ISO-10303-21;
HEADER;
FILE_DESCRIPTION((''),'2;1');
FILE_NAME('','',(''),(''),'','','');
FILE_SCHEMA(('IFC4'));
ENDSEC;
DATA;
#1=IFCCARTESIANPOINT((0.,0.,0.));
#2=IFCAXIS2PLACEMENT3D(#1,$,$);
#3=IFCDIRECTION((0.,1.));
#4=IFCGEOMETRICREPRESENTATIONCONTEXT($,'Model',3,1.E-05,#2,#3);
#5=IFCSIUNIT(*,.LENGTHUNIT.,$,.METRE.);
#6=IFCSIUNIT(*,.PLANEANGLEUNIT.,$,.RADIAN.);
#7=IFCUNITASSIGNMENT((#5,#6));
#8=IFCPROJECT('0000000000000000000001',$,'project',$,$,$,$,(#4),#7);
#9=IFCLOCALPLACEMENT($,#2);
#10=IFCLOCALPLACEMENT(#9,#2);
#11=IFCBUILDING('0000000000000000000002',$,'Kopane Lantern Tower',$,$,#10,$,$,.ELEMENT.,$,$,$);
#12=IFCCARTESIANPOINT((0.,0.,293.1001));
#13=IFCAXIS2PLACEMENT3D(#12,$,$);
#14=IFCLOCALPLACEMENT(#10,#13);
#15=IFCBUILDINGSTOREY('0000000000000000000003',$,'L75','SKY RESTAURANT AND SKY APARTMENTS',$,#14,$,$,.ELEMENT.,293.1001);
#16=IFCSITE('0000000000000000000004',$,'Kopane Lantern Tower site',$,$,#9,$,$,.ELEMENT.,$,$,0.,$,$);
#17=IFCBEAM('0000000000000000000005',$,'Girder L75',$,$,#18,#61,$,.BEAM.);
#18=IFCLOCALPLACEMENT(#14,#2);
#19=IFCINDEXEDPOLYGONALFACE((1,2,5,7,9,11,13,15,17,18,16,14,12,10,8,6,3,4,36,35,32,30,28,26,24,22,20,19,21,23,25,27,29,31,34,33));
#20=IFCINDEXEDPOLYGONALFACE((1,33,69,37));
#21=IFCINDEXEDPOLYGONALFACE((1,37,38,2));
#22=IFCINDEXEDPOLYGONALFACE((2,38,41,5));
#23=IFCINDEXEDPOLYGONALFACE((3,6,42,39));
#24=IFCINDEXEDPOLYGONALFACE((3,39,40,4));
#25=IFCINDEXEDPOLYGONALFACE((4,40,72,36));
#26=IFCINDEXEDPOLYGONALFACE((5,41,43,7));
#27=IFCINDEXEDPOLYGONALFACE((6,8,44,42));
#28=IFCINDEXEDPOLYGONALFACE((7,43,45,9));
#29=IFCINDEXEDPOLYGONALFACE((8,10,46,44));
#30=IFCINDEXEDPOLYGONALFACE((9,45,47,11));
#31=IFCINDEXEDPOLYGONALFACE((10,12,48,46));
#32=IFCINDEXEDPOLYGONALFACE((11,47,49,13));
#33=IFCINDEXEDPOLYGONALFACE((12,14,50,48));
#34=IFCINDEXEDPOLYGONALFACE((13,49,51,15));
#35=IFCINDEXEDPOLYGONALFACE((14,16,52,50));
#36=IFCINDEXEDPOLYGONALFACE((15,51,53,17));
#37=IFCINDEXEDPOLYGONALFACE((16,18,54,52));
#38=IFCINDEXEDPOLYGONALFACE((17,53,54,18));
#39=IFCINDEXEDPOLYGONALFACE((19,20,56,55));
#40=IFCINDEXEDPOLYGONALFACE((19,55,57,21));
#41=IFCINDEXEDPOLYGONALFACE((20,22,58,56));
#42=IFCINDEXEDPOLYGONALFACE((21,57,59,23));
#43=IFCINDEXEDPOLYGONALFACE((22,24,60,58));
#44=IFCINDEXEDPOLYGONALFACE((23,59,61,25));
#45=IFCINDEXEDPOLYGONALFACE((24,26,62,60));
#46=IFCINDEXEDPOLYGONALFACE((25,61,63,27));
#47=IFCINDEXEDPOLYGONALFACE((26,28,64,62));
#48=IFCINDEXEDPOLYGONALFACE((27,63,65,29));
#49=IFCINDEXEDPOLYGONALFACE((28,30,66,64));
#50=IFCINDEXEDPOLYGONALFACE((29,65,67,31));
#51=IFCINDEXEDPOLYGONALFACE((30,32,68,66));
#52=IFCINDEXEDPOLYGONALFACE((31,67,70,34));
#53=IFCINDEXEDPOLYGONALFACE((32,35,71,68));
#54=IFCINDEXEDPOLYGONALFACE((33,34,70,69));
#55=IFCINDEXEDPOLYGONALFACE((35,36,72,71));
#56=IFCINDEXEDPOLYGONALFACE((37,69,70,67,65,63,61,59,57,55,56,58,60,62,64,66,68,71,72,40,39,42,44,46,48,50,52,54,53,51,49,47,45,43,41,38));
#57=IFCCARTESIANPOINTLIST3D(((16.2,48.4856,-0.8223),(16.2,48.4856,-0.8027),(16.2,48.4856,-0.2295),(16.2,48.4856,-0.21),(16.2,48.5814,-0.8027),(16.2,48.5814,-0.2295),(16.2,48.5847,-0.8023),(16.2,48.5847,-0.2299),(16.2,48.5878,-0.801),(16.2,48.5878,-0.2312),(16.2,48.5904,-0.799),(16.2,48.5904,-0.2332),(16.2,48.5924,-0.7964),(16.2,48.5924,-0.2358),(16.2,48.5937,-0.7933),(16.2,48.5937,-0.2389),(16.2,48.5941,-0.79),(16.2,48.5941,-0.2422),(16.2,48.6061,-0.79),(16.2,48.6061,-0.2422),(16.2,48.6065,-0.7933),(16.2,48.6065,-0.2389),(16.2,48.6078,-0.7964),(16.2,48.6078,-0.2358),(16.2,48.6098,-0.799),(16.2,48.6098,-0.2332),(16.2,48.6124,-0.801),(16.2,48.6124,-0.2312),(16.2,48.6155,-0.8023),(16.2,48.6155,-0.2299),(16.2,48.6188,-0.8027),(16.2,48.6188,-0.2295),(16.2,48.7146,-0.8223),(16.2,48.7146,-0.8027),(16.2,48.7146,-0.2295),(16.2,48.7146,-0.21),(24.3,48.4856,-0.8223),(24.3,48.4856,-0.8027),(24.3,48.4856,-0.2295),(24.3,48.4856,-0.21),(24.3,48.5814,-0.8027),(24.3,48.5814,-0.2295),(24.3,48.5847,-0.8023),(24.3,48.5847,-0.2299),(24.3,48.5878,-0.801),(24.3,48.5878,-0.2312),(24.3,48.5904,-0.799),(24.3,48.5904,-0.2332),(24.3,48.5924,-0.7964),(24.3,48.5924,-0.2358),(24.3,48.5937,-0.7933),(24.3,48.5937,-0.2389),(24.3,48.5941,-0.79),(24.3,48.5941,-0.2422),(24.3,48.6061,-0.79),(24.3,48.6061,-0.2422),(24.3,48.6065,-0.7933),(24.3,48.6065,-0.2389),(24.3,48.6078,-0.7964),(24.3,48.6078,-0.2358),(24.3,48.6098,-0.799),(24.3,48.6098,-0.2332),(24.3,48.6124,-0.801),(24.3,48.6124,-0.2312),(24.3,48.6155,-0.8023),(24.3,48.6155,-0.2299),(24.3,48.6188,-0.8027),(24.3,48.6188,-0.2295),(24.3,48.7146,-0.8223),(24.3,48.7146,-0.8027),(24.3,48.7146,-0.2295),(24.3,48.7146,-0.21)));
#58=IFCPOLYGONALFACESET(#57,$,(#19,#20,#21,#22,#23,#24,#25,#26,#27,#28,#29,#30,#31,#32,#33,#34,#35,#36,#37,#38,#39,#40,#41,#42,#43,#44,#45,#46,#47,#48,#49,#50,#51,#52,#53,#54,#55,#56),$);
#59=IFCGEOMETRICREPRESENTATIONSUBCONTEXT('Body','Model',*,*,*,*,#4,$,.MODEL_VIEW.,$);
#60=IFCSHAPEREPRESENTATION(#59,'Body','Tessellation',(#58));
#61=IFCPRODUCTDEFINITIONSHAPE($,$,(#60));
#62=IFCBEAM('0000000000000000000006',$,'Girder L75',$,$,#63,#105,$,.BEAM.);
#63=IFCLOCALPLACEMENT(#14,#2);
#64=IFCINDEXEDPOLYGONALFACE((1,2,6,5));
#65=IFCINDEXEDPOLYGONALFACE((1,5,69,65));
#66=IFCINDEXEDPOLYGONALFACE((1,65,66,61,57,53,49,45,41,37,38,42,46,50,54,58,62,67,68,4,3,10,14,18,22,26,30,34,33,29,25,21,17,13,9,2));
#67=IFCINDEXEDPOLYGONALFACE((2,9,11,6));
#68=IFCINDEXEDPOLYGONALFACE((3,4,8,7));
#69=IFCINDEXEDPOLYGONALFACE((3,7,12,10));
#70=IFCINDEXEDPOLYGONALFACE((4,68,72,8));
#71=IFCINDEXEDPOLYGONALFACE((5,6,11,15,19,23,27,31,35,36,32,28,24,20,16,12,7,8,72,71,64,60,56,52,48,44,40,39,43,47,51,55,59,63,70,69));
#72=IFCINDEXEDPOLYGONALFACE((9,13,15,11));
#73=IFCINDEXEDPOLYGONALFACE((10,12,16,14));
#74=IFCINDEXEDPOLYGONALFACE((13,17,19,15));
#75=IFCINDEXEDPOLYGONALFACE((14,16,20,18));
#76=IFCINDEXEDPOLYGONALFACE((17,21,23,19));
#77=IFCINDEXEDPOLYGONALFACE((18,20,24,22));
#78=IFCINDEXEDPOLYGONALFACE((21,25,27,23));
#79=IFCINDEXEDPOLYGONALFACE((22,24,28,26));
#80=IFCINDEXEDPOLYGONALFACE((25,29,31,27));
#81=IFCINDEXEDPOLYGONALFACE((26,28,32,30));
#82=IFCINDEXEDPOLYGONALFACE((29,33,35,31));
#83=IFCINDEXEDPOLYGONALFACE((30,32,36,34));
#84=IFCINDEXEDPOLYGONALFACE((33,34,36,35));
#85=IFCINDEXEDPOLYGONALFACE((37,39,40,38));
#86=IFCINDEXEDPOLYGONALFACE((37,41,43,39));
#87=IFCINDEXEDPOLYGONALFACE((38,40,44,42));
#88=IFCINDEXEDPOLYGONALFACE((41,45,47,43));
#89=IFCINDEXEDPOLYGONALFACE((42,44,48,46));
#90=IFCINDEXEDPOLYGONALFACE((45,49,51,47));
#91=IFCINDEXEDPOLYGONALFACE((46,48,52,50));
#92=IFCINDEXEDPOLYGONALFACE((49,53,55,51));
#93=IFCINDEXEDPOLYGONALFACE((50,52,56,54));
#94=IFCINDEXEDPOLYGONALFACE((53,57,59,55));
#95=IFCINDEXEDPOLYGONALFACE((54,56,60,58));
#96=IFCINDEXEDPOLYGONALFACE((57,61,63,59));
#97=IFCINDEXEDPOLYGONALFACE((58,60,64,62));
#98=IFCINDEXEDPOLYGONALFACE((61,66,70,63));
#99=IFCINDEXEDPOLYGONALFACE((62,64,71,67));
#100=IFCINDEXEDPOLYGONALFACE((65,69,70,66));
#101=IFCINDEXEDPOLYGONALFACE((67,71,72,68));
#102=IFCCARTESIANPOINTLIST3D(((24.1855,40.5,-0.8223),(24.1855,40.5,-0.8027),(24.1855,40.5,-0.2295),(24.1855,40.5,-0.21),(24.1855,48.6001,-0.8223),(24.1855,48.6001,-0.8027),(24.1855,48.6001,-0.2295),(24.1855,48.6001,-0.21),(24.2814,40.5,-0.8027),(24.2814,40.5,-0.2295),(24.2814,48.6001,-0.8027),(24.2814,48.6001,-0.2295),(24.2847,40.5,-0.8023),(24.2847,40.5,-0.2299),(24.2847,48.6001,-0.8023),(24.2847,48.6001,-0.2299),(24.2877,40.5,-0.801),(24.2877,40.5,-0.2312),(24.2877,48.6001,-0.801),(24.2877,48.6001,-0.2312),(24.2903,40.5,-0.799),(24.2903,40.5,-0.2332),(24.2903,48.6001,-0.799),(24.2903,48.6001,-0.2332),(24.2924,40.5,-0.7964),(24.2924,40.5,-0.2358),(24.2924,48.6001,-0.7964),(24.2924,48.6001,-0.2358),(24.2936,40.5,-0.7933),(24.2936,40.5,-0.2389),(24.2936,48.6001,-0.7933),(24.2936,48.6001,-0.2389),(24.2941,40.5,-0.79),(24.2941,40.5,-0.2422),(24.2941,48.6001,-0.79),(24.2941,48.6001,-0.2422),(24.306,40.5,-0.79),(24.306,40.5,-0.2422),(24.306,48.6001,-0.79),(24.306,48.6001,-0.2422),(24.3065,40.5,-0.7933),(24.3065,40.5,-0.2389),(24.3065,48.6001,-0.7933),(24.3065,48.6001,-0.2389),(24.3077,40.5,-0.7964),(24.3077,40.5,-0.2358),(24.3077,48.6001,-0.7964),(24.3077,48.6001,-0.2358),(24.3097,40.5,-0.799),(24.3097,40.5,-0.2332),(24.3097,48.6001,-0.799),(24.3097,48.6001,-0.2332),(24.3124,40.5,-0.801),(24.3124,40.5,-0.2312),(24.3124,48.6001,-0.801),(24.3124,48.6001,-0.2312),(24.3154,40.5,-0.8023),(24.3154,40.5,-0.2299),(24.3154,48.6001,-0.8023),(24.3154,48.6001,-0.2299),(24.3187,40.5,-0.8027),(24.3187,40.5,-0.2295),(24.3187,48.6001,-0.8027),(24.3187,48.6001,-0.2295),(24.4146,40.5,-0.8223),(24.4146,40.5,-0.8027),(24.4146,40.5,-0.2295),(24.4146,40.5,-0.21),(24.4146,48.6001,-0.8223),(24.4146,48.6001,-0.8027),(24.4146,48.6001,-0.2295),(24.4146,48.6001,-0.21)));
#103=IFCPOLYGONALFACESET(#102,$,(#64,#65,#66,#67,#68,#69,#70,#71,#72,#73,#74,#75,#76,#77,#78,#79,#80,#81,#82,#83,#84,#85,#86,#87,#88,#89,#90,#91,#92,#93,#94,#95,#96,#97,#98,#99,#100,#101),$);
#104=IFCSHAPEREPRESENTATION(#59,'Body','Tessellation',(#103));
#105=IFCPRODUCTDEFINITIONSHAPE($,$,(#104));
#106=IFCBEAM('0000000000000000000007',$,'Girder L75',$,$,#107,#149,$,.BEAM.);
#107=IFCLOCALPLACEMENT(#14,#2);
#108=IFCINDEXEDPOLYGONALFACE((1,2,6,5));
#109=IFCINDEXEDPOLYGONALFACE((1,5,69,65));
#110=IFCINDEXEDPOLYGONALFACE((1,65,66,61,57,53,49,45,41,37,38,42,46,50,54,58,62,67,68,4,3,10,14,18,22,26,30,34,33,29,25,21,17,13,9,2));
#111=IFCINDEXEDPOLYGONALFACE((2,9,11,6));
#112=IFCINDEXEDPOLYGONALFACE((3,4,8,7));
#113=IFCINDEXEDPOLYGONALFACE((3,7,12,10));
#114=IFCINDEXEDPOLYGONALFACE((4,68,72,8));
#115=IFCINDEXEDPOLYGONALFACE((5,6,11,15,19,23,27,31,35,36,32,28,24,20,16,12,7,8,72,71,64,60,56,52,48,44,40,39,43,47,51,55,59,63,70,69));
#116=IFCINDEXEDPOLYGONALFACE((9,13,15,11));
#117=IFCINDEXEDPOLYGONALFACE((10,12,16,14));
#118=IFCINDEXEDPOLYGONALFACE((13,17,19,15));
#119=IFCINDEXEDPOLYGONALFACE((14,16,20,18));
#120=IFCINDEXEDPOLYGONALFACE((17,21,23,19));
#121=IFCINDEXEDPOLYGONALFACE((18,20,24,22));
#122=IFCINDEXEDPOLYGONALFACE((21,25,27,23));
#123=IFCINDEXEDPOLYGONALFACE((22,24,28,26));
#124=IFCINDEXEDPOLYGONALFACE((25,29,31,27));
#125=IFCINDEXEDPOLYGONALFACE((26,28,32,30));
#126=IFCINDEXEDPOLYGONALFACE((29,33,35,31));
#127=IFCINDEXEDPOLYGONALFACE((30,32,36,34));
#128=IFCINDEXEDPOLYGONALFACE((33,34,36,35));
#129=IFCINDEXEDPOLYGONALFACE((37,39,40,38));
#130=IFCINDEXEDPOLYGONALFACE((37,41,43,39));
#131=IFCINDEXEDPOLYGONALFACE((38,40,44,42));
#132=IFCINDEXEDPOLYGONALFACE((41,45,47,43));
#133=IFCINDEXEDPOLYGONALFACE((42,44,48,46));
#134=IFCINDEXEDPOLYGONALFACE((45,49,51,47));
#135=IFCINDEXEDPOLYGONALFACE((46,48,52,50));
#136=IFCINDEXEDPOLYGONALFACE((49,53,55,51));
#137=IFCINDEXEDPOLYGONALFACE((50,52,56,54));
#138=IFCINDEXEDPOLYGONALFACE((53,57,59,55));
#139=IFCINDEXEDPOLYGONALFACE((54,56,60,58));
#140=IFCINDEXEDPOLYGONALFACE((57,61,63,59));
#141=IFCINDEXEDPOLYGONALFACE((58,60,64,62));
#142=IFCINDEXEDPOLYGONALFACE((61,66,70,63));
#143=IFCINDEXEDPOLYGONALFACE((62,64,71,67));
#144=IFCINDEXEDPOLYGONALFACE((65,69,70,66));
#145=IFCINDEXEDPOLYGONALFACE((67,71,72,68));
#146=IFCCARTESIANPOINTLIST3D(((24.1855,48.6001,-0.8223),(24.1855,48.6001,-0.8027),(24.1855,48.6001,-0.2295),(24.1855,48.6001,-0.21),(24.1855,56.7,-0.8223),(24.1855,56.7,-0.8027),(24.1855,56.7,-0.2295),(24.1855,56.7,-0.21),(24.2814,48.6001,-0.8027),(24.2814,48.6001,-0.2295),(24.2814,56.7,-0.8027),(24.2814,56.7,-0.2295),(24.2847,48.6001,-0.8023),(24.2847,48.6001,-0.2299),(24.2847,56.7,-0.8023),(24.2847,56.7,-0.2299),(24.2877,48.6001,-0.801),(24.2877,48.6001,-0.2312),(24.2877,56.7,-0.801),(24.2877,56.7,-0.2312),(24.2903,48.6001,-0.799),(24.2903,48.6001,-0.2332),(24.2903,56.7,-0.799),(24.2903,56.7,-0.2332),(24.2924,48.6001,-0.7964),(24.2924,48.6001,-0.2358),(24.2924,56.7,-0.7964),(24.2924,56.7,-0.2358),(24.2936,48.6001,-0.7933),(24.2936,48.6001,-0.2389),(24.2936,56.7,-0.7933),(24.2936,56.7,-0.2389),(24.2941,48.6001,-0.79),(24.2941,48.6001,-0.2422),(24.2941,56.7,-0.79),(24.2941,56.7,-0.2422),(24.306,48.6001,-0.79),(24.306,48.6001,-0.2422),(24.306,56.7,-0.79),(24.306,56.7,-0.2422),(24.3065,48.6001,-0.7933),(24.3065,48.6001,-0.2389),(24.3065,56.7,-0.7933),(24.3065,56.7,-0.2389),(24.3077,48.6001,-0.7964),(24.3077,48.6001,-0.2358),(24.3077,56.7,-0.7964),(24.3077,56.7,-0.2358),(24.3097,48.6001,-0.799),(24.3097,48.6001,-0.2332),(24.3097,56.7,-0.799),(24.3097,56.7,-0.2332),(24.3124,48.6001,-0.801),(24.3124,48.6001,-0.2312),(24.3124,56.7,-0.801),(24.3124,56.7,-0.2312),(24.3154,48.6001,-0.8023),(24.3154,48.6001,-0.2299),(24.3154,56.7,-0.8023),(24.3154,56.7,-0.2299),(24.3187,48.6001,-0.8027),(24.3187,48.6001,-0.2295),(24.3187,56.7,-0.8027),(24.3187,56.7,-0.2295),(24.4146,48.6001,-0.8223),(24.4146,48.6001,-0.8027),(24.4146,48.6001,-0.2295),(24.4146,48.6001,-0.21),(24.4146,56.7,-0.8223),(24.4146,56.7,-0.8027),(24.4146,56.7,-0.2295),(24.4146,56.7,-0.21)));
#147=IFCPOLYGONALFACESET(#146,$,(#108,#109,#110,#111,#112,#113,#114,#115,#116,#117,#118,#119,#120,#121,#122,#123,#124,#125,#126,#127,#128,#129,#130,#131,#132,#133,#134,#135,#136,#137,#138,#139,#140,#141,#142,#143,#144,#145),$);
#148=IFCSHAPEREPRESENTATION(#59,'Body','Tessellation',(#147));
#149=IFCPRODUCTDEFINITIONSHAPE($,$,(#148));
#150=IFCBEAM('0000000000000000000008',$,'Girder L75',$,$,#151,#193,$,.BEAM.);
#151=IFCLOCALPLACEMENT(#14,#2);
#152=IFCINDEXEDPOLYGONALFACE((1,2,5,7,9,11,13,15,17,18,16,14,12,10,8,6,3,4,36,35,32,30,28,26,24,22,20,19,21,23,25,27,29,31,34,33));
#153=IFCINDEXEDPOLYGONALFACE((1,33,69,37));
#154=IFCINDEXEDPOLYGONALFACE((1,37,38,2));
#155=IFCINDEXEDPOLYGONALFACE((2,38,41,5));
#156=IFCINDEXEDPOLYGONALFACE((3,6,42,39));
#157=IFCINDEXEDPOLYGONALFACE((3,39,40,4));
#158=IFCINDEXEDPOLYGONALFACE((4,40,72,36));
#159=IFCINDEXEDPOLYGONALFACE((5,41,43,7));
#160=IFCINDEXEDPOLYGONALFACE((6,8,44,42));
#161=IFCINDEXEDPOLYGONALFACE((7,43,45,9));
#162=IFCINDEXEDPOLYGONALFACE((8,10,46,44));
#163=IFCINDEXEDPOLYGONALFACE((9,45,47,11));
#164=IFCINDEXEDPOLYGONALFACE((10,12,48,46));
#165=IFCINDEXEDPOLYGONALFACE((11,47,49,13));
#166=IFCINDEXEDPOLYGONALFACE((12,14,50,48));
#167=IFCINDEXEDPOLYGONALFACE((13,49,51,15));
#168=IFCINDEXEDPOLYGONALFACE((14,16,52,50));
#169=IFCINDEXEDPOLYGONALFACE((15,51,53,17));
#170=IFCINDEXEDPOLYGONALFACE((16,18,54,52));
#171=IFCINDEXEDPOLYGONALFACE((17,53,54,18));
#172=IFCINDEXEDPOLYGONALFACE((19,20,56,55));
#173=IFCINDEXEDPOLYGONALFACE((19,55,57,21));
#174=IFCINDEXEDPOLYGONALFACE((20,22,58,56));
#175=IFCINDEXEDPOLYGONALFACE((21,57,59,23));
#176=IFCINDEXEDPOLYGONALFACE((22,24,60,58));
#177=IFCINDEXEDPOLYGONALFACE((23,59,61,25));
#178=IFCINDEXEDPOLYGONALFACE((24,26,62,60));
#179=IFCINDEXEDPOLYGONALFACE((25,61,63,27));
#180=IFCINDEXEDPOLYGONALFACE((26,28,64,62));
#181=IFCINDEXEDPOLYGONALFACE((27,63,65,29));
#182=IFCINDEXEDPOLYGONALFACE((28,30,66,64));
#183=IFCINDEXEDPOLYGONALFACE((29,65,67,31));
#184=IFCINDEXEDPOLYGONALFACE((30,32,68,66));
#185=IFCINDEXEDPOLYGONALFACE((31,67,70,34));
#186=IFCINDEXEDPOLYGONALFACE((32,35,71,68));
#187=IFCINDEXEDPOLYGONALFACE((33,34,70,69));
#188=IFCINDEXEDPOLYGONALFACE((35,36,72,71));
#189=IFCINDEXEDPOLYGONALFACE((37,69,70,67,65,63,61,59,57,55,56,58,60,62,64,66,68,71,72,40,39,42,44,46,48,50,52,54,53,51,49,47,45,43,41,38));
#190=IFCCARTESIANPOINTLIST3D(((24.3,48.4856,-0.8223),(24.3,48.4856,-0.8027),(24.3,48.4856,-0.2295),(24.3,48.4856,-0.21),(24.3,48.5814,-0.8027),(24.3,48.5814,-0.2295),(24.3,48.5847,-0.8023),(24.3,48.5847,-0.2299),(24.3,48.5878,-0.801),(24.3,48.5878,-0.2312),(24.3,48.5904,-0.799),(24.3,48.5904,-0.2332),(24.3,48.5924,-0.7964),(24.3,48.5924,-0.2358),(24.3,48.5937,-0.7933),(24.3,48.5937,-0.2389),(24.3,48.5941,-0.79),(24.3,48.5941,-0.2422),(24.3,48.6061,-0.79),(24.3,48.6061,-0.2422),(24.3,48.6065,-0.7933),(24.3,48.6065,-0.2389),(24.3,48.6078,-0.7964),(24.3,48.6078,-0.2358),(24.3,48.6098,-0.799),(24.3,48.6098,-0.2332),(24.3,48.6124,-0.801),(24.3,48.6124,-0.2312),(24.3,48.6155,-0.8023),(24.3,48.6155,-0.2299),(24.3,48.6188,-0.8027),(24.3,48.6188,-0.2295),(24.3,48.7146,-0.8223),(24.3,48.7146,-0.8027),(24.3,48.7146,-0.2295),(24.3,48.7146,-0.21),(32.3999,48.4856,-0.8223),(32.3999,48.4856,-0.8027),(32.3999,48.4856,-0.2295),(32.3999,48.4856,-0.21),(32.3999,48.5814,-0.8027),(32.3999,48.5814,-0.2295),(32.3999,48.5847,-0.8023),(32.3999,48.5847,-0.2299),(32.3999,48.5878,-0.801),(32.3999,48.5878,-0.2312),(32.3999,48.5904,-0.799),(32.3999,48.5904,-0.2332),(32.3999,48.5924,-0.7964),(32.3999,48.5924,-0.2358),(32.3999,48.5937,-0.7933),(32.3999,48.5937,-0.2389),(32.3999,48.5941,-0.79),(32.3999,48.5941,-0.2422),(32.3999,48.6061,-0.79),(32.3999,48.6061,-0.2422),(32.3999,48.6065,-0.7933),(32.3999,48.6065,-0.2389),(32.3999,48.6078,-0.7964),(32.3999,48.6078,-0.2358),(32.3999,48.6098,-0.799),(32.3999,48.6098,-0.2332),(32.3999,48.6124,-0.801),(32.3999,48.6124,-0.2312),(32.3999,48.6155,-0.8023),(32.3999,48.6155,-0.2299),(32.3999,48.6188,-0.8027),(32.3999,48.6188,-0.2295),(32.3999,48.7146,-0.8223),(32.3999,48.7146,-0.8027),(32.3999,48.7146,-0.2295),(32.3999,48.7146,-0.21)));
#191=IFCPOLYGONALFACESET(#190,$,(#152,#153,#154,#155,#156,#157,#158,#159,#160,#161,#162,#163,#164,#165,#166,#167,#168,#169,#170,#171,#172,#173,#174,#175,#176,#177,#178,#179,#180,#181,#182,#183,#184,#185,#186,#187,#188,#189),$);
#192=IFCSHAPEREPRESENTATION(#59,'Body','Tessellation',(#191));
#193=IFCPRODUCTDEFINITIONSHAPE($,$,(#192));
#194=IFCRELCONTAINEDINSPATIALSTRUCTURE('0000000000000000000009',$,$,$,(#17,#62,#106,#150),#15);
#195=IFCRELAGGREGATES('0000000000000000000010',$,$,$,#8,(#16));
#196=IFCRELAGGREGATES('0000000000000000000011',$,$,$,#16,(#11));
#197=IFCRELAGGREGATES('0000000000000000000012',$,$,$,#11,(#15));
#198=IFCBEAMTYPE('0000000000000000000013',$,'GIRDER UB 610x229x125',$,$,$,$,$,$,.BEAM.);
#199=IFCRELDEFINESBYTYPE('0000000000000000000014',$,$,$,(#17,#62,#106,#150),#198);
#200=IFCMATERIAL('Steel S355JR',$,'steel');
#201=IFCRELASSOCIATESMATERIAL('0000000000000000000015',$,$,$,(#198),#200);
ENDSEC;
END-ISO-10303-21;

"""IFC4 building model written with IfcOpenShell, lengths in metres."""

from ifc_helpers import new_model, si_unit, direction, frame, origin, origin_2d, place, context, subcontext, project, spatial, i_section, extrude, material, material_profile, profile_set, type_object, element, save


model = new_model("IFC4")

# Units and contexts
model_context = context("Model", 3, precision=1e-05, world=origin(), true_north=direction((0.0, 1.0)))
body_context = subcontext(model_context, "Body", "Model", "MODEL_VIEW")
ifc_project = project(units=[si_unit("LENGTHUNIT", "METRE"), si_unit("PLANEANGLEUNIT", "RADIAN")], contexts=[model_context])

# Site, building, storey
site_placement = place(None, origin())
site = spatial("IfcSite", under=ifc_project, at=site_placement, Name="Kopane Lantern Tower site", CompositionType="ELEMENT", RefElevation=0.0)
building_placement = place(site_placement, origin())
building = spatial("IfcBuilding", under=site, at=building_placement, Name="Kopane Lantern Tower", CompositionType="ELEMENT")
storey_placement = place(building_placement, frame((0.0, 0.0, 293.1001)))
storey = spatial("IfcBuildingStorey", under=building, at=storey_placement, Name="L75", Description="SKY RESTAURANT AND SKY APARTMENTS", CompositionType="ELEMENT", Elevation=293.1001)

# Beams
ifc_material_1 = material(Name="Steel S355JR", Category="steel")
ifc_material_profile_1 = material_profile(ifc_material_1, i_section(OverallWidth=0.229, OverallDepth=0.6123, WebThickness=0.012, FlangeThickness=0.0195, FilletRadius=0.0127, at=origin_2d()), Name="UB 610x229x125")
ifc_profile_set_1 = profile_set([ifc_material_profile_1], Name="Steel S355JR")
beam_type_1 = type_object("IfcBeamType", Name="GIRDER UB 610x229x125", PredefinedType="BEAM", material=ifc_profile_set_1)
for number, where, z_axis, x_axis, name in (
    (1, (16.2, 48.6001, -0.5161), (1.0, 0.0, 0.0), (0.0, 1.0, 0.0), "Girder L75"),
    (2, (24.3, 40.5, -0.5161), (0.0, 1.0, 0.0), (-1.0, 0.0, 0.0), "Girder L75"),
):
    element("IfcBeam", number, at=place(storey_placement, frame(where, z_axis=z_axis, x_axis=x_axis)), inside=storey, type_object=beam_type_1, Name=name, PredefinedType="BEAM", context=body_context, shape_type="SweptSolid", body=[
        extrude(i_section(OverallWidth=0.229, OverallDepth=0.6123, WebThickness=0.012, FlangeThickness=0.0195, FilletRadius=0.0127, at=origin_2d()), origin(), (0.0, 0.0, 1.0), 8.1001),
    ])
for number, where, z_axis, x_axis, name in (
    (3, (24.3, 48.6001, -0.5161), (0.0, 1.0, 0.0), (-1.0, 0.0, 0.0), "Girder L75"),
    (4, (24.3, 48.6001, -0.5161), (1.0, 0.0, 0.0), (0.0, 1.0, 0.0), "Girder L75"),
):
    element("IfcBeam", number, at=place(storey_placement, frame(where, z_axis=z_axis, x_axis=x_axis)), inside=storey, type_object=beam_type_1, Name=name, PredefinedType="BEAM", context=body_context, shape_type="SweptSolid", body=[
        extrude(i_section(OverallWidth=0.229, OverallDepth=0.6123, WebThickness=0.012, FlangeThickness=0.0195, FilletRadius=0.0127, at=origin_2d()), origin(), (0.0, 0.0, 1.0), 8.0999),
    ])

save(model, "model.ifc")
